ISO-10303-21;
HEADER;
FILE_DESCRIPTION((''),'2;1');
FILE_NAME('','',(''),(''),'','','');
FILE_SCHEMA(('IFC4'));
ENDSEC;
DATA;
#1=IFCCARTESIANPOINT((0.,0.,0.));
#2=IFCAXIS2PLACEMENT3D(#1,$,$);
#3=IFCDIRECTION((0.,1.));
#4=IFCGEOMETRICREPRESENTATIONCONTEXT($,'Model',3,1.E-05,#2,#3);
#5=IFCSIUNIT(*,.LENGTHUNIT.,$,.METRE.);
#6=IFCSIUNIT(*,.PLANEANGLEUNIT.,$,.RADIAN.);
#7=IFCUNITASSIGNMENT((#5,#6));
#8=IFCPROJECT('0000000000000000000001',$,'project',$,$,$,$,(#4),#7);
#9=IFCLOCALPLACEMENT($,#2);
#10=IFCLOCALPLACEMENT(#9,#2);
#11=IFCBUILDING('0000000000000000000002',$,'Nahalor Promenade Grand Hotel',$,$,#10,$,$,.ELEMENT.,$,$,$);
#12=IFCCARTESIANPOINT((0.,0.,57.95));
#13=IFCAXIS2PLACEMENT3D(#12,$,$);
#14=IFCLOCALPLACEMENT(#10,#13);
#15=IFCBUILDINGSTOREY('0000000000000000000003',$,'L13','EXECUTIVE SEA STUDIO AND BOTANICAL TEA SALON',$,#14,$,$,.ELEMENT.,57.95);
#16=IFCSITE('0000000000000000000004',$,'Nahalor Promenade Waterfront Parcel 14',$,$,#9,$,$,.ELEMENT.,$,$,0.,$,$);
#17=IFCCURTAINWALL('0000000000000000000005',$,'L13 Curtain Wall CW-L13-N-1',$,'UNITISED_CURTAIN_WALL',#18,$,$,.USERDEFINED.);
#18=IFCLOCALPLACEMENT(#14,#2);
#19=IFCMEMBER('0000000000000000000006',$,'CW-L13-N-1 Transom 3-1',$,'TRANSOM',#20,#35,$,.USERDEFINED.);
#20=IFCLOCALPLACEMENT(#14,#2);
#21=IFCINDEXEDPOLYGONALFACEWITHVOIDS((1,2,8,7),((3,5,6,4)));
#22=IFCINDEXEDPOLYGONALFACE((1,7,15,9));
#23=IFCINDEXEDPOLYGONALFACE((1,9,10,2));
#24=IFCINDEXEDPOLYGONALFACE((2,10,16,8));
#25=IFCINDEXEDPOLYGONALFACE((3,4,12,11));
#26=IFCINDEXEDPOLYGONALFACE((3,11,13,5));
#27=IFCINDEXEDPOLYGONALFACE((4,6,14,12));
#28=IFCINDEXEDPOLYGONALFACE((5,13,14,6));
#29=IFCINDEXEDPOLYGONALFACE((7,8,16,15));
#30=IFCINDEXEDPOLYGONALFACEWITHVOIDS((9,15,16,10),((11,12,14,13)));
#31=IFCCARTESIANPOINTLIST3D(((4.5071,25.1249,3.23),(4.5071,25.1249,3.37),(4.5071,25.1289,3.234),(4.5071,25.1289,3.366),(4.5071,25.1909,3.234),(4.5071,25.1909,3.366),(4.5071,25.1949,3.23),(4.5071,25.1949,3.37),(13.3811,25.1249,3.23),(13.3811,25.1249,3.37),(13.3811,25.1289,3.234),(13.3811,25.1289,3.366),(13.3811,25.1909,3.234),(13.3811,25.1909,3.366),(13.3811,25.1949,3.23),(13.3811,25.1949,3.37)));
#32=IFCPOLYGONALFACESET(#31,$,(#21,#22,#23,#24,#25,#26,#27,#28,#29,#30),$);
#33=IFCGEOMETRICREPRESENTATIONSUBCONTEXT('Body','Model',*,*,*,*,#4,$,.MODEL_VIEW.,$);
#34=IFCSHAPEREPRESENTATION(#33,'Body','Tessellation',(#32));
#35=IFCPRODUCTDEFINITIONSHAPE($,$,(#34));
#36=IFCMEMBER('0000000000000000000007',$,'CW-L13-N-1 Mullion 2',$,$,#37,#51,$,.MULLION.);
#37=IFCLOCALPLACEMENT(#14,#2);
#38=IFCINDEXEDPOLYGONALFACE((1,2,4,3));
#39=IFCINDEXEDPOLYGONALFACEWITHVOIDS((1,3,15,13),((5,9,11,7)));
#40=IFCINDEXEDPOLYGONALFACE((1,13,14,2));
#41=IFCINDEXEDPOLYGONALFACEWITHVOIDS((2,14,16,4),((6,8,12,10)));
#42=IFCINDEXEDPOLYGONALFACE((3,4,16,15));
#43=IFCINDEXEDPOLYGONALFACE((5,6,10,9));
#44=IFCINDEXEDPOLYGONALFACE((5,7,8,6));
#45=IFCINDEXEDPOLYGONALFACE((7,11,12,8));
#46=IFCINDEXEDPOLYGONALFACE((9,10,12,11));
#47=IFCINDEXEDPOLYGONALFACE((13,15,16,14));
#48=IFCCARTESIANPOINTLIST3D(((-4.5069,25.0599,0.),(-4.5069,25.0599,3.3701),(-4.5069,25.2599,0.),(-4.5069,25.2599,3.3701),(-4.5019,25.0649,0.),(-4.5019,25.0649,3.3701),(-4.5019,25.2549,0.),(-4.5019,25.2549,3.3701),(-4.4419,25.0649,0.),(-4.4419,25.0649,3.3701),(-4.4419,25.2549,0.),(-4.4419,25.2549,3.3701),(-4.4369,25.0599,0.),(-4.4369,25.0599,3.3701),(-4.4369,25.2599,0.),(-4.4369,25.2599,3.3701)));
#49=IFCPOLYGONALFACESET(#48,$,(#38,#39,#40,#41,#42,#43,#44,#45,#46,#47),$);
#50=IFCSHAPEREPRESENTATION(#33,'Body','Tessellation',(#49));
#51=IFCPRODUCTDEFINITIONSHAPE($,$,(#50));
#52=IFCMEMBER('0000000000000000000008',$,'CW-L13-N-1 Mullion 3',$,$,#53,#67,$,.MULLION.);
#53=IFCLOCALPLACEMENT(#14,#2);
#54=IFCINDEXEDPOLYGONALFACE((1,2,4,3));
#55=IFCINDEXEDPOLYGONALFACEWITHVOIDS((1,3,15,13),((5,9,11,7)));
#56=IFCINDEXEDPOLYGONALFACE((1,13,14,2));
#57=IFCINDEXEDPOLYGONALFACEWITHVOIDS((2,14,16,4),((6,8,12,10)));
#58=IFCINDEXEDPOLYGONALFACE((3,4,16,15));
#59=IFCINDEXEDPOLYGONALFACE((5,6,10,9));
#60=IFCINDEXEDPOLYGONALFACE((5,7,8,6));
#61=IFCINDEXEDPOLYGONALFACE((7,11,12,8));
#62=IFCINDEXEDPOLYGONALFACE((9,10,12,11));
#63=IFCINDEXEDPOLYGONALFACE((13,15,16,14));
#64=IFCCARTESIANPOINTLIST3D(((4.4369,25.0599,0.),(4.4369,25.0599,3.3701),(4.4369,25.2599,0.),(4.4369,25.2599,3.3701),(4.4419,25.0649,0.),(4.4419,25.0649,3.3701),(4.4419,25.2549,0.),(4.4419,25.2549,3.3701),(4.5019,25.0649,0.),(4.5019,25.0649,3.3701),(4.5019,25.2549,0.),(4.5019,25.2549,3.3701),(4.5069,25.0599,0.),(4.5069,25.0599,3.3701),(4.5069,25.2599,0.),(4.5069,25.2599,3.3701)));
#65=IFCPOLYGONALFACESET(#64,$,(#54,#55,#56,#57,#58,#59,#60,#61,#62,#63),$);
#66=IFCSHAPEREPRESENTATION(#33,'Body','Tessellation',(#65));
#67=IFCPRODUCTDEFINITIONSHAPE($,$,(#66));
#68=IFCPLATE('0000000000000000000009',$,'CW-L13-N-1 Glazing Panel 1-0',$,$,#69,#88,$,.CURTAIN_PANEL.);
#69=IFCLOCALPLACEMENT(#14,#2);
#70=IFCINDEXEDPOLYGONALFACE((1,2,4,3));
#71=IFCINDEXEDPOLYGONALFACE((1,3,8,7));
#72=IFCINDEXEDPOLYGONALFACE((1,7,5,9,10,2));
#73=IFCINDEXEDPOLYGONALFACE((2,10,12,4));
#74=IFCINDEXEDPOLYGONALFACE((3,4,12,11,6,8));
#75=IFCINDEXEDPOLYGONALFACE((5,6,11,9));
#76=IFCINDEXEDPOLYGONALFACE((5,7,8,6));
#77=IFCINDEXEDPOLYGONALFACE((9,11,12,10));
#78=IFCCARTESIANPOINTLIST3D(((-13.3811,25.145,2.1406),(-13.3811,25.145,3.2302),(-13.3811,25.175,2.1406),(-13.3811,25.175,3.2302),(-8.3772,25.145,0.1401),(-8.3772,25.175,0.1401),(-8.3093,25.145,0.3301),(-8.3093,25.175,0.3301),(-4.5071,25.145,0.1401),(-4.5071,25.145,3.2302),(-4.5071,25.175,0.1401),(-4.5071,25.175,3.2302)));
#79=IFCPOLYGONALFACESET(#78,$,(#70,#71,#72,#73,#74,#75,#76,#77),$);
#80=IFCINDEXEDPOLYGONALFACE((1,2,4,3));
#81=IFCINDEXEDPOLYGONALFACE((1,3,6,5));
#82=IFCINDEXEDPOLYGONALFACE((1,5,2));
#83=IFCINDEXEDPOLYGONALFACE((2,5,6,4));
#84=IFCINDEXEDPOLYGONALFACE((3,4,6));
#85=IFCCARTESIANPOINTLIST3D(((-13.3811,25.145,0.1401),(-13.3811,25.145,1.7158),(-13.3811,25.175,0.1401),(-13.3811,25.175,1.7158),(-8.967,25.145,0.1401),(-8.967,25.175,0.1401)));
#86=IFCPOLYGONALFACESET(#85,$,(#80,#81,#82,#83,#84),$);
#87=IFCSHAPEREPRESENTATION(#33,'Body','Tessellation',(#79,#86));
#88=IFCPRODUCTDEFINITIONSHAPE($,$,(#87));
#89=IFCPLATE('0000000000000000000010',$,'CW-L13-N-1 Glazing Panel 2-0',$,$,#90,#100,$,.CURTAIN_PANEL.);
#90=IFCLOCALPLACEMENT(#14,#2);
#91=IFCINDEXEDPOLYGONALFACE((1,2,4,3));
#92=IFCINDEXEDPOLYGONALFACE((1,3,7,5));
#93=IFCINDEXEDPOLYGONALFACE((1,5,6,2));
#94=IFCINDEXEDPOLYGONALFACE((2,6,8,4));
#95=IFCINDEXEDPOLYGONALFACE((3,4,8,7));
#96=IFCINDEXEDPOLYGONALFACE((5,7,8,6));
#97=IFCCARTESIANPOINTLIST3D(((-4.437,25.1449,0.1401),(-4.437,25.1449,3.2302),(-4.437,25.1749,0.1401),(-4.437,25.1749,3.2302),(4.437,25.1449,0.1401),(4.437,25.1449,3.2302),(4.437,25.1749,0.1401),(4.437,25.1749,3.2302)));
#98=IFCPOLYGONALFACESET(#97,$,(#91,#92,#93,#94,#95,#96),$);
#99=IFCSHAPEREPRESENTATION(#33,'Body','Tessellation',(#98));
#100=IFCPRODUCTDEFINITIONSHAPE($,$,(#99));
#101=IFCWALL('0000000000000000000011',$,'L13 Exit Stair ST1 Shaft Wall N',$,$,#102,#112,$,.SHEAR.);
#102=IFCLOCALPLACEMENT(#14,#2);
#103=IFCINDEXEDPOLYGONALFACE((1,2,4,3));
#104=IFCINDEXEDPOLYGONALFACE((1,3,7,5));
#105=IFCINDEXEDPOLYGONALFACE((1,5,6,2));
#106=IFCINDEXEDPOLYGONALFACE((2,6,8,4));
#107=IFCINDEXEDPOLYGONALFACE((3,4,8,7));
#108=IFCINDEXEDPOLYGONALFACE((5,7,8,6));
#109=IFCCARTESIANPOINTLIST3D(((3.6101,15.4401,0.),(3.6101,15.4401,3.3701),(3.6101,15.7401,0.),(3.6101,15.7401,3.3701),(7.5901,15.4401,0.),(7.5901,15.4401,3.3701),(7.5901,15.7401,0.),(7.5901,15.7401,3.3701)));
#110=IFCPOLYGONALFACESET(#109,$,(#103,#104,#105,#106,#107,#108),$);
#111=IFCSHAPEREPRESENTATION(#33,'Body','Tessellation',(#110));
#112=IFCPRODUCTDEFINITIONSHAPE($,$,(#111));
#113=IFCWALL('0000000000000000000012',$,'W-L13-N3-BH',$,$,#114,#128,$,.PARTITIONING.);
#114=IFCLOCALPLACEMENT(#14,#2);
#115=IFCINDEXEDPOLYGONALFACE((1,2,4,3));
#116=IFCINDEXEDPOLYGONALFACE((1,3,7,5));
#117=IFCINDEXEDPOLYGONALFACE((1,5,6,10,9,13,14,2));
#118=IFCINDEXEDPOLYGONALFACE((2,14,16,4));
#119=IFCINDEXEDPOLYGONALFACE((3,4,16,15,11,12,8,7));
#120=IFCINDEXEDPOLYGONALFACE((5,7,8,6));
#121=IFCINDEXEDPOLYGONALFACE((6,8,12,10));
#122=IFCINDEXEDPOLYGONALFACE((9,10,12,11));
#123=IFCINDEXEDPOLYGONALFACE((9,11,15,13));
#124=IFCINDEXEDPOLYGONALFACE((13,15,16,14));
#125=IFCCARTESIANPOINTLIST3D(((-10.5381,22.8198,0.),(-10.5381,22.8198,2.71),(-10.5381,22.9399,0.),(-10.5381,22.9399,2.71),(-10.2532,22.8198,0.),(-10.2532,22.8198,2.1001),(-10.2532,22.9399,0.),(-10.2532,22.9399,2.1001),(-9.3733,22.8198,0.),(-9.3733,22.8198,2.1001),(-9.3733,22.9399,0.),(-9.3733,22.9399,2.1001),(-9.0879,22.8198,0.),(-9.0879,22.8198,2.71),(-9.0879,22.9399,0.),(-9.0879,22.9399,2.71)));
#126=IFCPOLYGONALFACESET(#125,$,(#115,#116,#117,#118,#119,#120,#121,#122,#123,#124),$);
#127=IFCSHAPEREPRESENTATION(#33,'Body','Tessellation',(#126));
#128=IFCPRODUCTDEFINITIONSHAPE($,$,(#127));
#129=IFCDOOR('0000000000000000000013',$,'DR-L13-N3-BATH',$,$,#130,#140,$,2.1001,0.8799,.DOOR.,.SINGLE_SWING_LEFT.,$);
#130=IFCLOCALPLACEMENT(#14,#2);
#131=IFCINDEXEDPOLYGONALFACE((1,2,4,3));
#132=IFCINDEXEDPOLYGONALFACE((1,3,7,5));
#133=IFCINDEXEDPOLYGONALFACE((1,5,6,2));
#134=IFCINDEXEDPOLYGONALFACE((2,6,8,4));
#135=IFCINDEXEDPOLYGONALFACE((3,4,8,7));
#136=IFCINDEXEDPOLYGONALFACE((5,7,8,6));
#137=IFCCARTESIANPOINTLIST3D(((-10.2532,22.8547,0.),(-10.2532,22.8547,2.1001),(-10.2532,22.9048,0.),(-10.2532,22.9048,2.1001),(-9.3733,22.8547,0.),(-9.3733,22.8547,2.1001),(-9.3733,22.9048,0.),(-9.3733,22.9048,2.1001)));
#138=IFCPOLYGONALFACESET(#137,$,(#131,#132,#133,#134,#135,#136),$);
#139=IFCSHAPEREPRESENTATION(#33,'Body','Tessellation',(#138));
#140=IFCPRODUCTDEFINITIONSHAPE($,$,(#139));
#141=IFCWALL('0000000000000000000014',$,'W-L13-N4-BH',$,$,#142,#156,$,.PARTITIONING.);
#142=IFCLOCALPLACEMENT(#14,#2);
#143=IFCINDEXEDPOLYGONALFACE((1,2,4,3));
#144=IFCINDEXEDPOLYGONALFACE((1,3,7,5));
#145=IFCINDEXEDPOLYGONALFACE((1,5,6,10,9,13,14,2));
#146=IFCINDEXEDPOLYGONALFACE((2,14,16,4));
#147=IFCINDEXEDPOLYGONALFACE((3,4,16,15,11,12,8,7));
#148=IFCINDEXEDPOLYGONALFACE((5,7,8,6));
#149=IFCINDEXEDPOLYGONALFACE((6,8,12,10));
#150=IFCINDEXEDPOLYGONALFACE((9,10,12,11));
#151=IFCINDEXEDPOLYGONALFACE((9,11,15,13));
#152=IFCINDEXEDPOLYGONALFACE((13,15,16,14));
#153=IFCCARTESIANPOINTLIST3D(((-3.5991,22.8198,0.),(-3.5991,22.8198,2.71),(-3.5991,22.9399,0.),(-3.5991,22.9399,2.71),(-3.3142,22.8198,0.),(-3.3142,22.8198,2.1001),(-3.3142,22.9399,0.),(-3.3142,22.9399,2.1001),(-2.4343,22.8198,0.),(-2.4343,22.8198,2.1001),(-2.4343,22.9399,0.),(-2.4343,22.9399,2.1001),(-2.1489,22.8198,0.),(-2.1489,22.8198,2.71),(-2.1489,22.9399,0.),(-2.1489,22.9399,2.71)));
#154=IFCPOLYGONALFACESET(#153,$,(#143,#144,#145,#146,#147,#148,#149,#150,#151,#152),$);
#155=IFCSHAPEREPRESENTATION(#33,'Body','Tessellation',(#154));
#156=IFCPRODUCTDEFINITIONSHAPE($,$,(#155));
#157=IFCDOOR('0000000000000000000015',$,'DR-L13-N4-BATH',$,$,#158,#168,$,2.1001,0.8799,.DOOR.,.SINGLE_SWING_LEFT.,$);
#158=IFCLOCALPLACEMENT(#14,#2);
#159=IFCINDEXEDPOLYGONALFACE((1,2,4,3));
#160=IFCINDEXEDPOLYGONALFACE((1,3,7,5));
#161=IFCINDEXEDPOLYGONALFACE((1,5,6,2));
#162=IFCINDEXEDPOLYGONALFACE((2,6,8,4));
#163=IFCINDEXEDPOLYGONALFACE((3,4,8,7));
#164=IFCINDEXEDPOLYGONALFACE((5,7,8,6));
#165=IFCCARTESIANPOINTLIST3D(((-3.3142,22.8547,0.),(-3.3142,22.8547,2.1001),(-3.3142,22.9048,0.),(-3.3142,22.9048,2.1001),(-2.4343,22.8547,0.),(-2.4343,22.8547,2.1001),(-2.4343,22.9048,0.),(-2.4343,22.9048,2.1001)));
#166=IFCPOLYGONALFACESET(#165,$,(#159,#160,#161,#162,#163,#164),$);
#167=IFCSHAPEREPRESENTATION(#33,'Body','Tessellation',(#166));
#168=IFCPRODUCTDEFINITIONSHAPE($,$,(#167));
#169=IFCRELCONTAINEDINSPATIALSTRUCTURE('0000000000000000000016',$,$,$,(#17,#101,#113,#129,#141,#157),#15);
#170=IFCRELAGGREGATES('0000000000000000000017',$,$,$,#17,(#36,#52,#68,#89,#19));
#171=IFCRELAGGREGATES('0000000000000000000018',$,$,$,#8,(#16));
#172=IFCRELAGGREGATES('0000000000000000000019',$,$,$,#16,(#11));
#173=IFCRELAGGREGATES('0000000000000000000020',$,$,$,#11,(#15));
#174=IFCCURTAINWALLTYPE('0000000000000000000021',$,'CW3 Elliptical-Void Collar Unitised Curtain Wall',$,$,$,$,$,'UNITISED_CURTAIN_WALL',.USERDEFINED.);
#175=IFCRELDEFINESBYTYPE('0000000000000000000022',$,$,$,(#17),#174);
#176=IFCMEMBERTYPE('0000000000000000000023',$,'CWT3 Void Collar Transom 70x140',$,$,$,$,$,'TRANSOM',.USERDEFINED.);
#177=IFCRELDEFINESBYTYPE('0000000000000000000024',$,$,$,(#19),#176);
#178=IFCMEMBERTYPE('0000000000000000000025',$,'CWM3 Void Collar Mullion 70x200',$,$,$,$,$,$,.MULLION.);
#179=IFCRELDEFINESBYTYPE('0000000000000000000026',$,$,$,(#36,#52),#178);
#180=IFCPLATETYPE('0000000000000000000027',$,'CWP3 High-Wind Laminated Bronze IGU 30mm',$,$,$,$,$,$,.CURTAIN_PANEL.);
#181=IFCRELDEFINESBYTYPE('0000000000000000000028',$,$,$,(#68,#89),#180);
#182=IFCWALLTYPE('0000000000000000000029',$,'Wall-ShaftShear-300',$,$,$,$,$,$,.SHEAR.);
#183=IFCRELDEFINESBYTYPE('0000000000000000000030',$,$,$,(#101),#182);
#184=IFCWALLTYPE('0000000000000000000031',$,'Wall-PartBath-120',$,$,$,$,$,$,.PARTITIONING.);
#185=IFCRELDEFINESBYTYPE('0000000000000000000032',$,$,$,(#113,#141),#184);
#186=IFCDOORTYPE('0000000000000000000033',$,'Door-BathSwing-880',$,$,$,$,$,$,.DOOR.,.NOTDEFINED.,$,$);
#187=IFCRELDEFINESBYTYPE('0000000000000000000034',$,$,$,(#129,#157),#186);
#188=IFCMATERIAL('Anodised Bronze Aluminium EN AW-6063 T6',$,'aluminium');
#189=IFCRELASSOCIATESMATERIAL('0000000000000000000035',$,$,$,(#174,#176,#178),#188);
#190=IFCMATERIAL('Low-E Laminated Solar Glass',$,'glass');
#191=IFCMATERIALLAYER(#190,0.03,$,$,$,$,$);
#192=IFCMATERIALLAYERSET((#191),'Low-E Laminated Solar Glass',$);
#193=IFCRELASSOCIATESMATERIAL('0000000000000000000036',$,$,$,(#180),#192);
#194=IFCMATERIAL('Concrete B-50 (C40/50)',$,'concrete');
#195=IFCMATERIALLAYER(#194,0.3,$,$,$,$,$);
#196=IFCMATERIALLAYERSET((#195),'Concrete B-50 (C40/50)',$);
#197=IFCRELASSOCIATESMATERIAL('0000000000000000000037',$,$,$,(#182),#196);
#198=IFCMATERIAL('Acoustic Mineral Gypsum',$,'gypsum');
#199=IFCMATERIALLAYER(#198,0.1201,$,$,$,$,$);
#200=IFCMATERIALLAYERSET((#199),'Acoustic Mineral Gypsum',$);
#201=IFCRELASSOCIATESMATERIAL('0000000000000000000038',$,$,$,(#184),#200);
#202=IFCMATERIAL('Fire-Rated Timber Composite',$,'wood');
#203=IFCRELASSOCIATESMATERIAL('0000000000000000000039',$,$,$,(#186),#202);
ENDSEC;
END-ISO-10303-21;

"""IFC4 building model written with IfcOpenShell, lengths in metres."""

from ifc_helpers import new_model, si_unit, direction, frame, frame_2d, origin, origin_2d, place, context, subcontext, project, spatial, polyline, rectangle, hollow_rectangle, outline, extrude, source, transform, mapped, material, layer, layer_set, material_profile, profile_set, type_object, element, fill, aggregate, save


model = new_model("IFC4")

# Units and contexts
model_context = context("Model", 3, precision=1e-05, world=origin(), true_north=direction((0.0, 1.0)))
body_context = subcontext(model_context, "Body", "Model", "MODEL_VIEW")
ifc_project = project(units=[si_unit("LENGTHUNIT", "METRE"), si_unit("PLANEANGLEUNIT", "RADIAN")], contexts=[model_context])

# Site, building, storey
site_placement = place(None, origin())
site = spatial("IfcSite", under=ifc_project, at=site_placement, Name="Nahalor Promenade Waterfront Parcel 14", CompositionType="ELEMENT", RefElevation=0.0)
building_placement = place(site_placement, origin())
building = spatial("IfcBuilding", under=site, at=building_placement, Name="Nahalor Promenade Grand Hotel", CompositionType="ELEMENT")
storey_placement = place(building_placement, frame((0.0, 0.0, 57.95)))
storey = spatial("IfcBuildingStorey", under=building, at=storey_placement, Name="L13", Description="EXECUTIVE SEA STUDIO AND BOTANICAL TEA SALON", CompositionType="ELEMENT", Elevation=57.95)

# Curtain wall, members, plates
ifc_material_1 = material(Name="Anodised Bronze Aluminium EN AW-6063 T6", Category="aluminium")
curtain_wall_type = type_object("IfcCurtainWallType", Name="CW3 Elliptical-Void Collar Unitised Curtain Wall", ElementType="UNITISED_CURTAIN_WALL", PredefinedType="USERDEFINED", material=ifc_material_1)
curtain_wall_placement = place(storey_placement, origin())
curtain_wall = element("IfcCurtainWall", 1, at=curtain_wall_placement, inside=storey, type_object=curtain_wall_type, Name="L13 Curtain Wall CW-L13-N-1", ObjectType="UNITISED_CURTAIN_WALL", PredefinedType="USERDEFINED")
ifc_material_profile_1 = material_profile(ifc_material_1, hollow_rectangle(XDim=0.07, YDim=0.14, WallThickness=0.004, at=origin_2d()), Name="CWT 70x140x4")
ifc_profile_set_1 = profile_set([ifc_material_profile_1], Name="Anodised Bronze Aluminium EN AW-6063 T6")
member_type_1 = type_object("IfcMemberType", Name="CWT3 Void Collar Transom 70x140", ElementType="TRANSOM", PredefinedType="USERDEFINED", material=ifc_profile_set_1)
shared_shape_1 = source(origin(), body_context, "Body", "SweptSolid", [
    extrude(hollow_rectangle(XDim=0.07, YDim=0.14, WallThickness=0.004, at=origin_2d()), origin(), (0.0, 0.0, 1.0), 8.874),
])
member_1_placement = place(storey_placement, frame((4.5071, 25.1599, 3.3), z_axis=(1.0, 0.0, 0.0), x_axis=(0.0, 1.0, 0.0)))
member_1 = element("IfcMember", 2, at=member_1_placement, type_object=member_type_1, Name="CW-L13-N-1 Transom 3-1", ObjectType="TRANSOM", PredefinedType="USERDEFINED", context=body_context, shape_type="MappedRepresentation", body=[
    mapped(shared_shape_1, transform((0.0, 0.0, 0.0), scale=1.0)),
])
ifc_material_profile_2 = material_profile(ifc_material_1, hollow_rectangle(XDim=0.07, YDim=0.2, WallThickness=0.005, at=origin_2d()), Name="CWM 70x200x5")
ifc_profile_set_2 = profile_set([ifc_material_profile_2], Name="Anodised Bronze Aluminium EN AW-6063 T6")
member_type_2 = type_object("IfcMemberType", Name="CWM3 Void Collar Mullion 70x200", PredefinedType="MULLION", material=ifc_profile_set_2)
shared_shape_2 = source(origin(), body_context, "Body", "SweptSolid", [
    extrude(hollow_rectangle(XDim=0.07, YDim=0.2, WallThickness=0.005, at=origin_2d()), origin(), (0.0, 0.0, 1.0), 3.3701),
])
member_2_placement = place(storey_placement, frame((-4.4719, 25.1599, 0.0), z_axis=(0.0, 0.0, 1.0), x_axis=(1.0, 0.0, 0.0)))
member_2 = element("IfcMember", 3, at=member_2_placement, type_object=member_type_2, Name="CW-L13-N-1 Mullion 2", PredefinedType="MULLION", context=body_context, shape_type="MappedRepresentation", body=[
    mapped(shared_shape_2, transform((0.0, 0.0, 0.0), scale=1.0)),
])
member_3_placement = place(storey_placement, frame((4.4719, 25.1599, 0.0), z_axis=(0.0, 0.0, 1.0), x_axis=(1.0, 0.0, 0.0)))
member_3 = element("IfcMember", 4, at=member_3_placement, type_object=member_type_2, Name="CW-L13-N-1 Mullion 3", PredefinedType="MULLION", context=body_context, shape_type="MappedRepresentation", body=[
    mapped(shared_shape_2, transform((0.0, 0.0, 0.0), scale=1.0)),
])
ifc_material_2 = material(Name="Low-E Laminated Solar Glass", Category="glass")
ifc_layer_1 = layer(ifc_material_2, 0.03)
ifc_layer_set_1 = layer_set([ifc_layer_1], Name="Low-E Laminated Solar Glass")
plate_type = type_object("IfcPlateType", Name="CWP3 High-Wind Laminated Bronze IGU 30mm", PredefinedType="CURTAIN_PANEL", material=ifc_layer_set_1)
plate_1_placement = place(storey_placement, frame((-8.9441, 25.1599, 0.1401), z_axis=(0.0, 0.0, 1.0), x_axis=(1.0, 0.0, 0.0)))
plate_1 = element("IfcPlate", 5, at=plate_1_placement, type_object=plate_type, Name="CW-L13-N-1 Glazing Panel 1-0", PredefinedType="CURTAIN_PANEL", context=body_context, shape_type="SweptSolid", body=[
    extrude(outline(polyline([(4.437, 3.0901), (-4.437, 3.0901), (-4.437, 2.0005), (0.6348, 0.1899), (0.5669, 0.0), (4.437, 0.0), (4.437, 3.0901)])), frame((0.0, 0.0151, 0.0), z_axis=(0.0, -1.0, 0.0), x_axis=(1.0, 0.0, 0.0)), (0.0, 0.0, 1.0), 0.03),
    extrude(outline(polyline([(-4.437, 1.5757), (-4.437, 0.0), (-0.0229, 0.0), (-4.437, 1.5757)])), frame((0.0, 0.0151, 0.0), z_axis=(0.0, -1.0, 0.0), x_axis=(1.0, 0.0, 0.0)), (0.0, 0.0, 1.0), 0.03),
])
shared_shape_3 = source(origin(), body_context, "Body", "SweptSolid", [
    extrude(rectangle(XDim=8.874, YDim=0.03, at=origin_2d()), origin(), (0.0, 0.0, 1.0), 3.0901),
])
plate_2_placement = place(storey_placement, frame((0.0, 25.1599, 0.1401), z_axis=(0.0, 0.0, 1.0), x_axis=(1.0, 0.0, 0.0)))
plate_2 = element("IfcPlate", 6, at=plate_2_placement, type_object=plate_type, Name="CW-L13-N-1 Glazing Panel 2-0", PredefinedType="CURTAIN_PANEL", context=body_context, shape_type="MappedRepresentation", body=[
    mapped(shared_shape_3, transform((0.0, 0.0, 0.0), scale=1.0)),
])
aggregate(curtain_wall, [member_2, member_3, plate_1, plate_2, member_1])

# Wall
ifc_material_3 = material(Name="Concrete B-50 (C40/50)", Category="concrete")
ifc_layer_2 = layer(ifc_material_3, 0.3)
ifc_layer_set_2 = layer_set([ifc_layer_2], Name="Concrete B-50 (C40/50)")
wall_type_1 = type_object("IfcWallType", Name="Wall-ShaftShear-300", PredefinedType="SHEAR", material=ifc_layer_set_2)
shared_shape_4 = source(origin(), body_context, "Body", "SweptSolid", [
    extrude(rectangle(XDim=3.98, YDim=0.3, at=frame_2d((1.99, 0.0))), origin(), (0.0, 0.0, 1.0), 3.3701),
])
wall_1_placement = place(storey_placement, frame((3.6101, 15.5901, 0.0), z_axis=(0.0, 0.0, 1.0), x_axis=(1.0, 0.0, 0.0)))
element("IfcWall", 7, at=wall_1_placement, inside=storey, type_object=wall_type_1, Name="L13 Exit Stair ST1 Shaft Wall N", PredefinedType="SHEAR", context=body_context, shape_type="MappedRepresentation", body=[
    mapped(shared_shape_4, transform((0.0, 0.0, 0.0), scale=1.0)),
])

# Walls, openings, doors
ifc_material_4 = material(Name="Acoustic Mineral Gypsum", Category="gypsum")
ifc_layer_3 = layer(ifc_material_4, 0.1201)
ifc_layer_set_3 = layer_set([ifc_layer_3], Name="Acoustic Mineral Gypsum")
wall_type_2 = type_object("IfcWallType", Name="Wall-PartBath-120", PredefinedType="PARTITIONING", material=ifc_layer_set_3)
shared_shape_5 = source(origin(), body_context, "Body", "SweptSolid", [
    extrude(rectangle(XDim=1.4502, YDim=0.1201, at=frame_2d((0.7251, 0.0))), origin(), (0.0, 0.0, 1.0), 2.71),
])
wall_2_placement = place(storey_placement, frame((-10.5381, 22.8799, 0.0), z_axis=(0.0, 0.0, 1.0), x_axis=(1.0, 0.0, 0.0)))
wall_2 = element("IfcWall", 8, at=wall_2_placement, inside=storey, type_object=wall_type_2, Name="W-L13-N3-BH", PredefinedType="PARTITIONING", context=body_context, shape_type="MappedRepresentation", body=[
    mapped(shared_shape_5, transform((0.0, 0.0, 0.0), scale=1.0)),
])
opening_1_placement = place(wall_2_placement, frame((0.2849, 0.0, 0.0)))
opening_1 = element("IfcOpeningElement", 9, at=opening_1_placement, cuts=wall_2, PredefinedType="OPENING", context=body_context, shape_type="SweptSolid", body=[
    extrude(rectangle(XDim=0.8799, YDim=2.1001, at=frame_2d((0.4399, 1.05))), frame((0.0, 0.0701, 0.0), z_axis=(0.0, -1.0, 0.0), x_axis=(1.0, 0.0, 0.0)), (0.0, 0.0, 1.0), 0.1401),
])
ifc_material_5 = material(Name="Fire-Rated Timber Composite", Category="wood")
door_type = type_object("IfcDoorType", Name="Door-BathSwing-880", OperationType="NOTDEFINED", PredefinedType="DOOR", material=ifc_material_5)
shared_shape_6 = source(origin(), body_context, "Body", "SweptSolid", [
    extrude(rectangle(XDim=0.8799, YDim=2.1001, at=frame_2d((0.4399, 1.05))), frame((0.0, 0.0249, 0.0), z_axis=(0.0, -1.0, 0.0), x_axis=(1.0, 0.0, 0.0)), (0.0, 0.0, 1.0), 0.05),
])
door_1_placement = place(opening_1_placement, origin())
door_1 = element("IfcDoor", 10, at=door_1_placement, inside=storey, type_object=door_type, Name="DR-L13-N3-BATH", OperationType="SINGLE_SWING_LEFT", OverallHeight=2.1001, OverallWidth=0.8799, PredefinedType="DOOR", context=body_context, shape_type="MappedRepresentation", body=[
    mapped(shared_shape_6, transform((0.0, 0.0, 0.0), scale=1.0)),
])
fill(opening_1, door_1)
wall_3_placement = place(storey_placement, frame((-3.5991, 22.8799, 0.0), z_axis=(0.0, 0.0, 1.0), x_axis=(1.0, 0.0, 0.0)))
wall_3 = element("IfcWall", 11, at=wall_3_placement, inside=storey, type_object=wall_type_2, Name="W-L13-N4-BH", PredefinedType="PARTITIONING", context=body_context, shape_type="MappedRepresentation", body=[
    mapped(shared_shape_5, transform((0.0, 0.0, 0.0), scale=1.0)),
])
opening_2_placement = place(wall_3_placement, frame((0.2849, 0.0, 0.0)))
opening_2 = element("IfcOpeningElement", 12, at=opening_2_placement, cuts=wall_3, PredefinedType="OPENING", context=body_context, shape_type="SweptSolid", body=[
    extrude(rectangle(XDim=0.8799, YDim=2.1001, at=frame_2d((0.4399, 1.05))), frame((0.0, 0.0701, 0.0), z_axis=(0.0, -1.0, 0.0), x_axis=(1.0, 0.0, 0.0)), (0.0, 0.0, 1.0), 0.1401),
])
door_2_placement = place(opening_2_placement, origin())
door_2 = element("IfcDoor", 13, at=door_2_placement, inside=storey, type_object=door_type, Name="DR-L13-N4-BATH", OperationType="SINGLE_SWING_LEFT", OverallHeight=2.1001, OverallWidth=0.8799, PredefinedType="DOOR", context=body_context, shape_type="MappedRepresentation", body=[
    mapped(shared_shape_6, transform((0.0, 0.0, 0.0), scale=1.0)),
])
fill(opening_2, door_2)

save(model, "model.ifc")
